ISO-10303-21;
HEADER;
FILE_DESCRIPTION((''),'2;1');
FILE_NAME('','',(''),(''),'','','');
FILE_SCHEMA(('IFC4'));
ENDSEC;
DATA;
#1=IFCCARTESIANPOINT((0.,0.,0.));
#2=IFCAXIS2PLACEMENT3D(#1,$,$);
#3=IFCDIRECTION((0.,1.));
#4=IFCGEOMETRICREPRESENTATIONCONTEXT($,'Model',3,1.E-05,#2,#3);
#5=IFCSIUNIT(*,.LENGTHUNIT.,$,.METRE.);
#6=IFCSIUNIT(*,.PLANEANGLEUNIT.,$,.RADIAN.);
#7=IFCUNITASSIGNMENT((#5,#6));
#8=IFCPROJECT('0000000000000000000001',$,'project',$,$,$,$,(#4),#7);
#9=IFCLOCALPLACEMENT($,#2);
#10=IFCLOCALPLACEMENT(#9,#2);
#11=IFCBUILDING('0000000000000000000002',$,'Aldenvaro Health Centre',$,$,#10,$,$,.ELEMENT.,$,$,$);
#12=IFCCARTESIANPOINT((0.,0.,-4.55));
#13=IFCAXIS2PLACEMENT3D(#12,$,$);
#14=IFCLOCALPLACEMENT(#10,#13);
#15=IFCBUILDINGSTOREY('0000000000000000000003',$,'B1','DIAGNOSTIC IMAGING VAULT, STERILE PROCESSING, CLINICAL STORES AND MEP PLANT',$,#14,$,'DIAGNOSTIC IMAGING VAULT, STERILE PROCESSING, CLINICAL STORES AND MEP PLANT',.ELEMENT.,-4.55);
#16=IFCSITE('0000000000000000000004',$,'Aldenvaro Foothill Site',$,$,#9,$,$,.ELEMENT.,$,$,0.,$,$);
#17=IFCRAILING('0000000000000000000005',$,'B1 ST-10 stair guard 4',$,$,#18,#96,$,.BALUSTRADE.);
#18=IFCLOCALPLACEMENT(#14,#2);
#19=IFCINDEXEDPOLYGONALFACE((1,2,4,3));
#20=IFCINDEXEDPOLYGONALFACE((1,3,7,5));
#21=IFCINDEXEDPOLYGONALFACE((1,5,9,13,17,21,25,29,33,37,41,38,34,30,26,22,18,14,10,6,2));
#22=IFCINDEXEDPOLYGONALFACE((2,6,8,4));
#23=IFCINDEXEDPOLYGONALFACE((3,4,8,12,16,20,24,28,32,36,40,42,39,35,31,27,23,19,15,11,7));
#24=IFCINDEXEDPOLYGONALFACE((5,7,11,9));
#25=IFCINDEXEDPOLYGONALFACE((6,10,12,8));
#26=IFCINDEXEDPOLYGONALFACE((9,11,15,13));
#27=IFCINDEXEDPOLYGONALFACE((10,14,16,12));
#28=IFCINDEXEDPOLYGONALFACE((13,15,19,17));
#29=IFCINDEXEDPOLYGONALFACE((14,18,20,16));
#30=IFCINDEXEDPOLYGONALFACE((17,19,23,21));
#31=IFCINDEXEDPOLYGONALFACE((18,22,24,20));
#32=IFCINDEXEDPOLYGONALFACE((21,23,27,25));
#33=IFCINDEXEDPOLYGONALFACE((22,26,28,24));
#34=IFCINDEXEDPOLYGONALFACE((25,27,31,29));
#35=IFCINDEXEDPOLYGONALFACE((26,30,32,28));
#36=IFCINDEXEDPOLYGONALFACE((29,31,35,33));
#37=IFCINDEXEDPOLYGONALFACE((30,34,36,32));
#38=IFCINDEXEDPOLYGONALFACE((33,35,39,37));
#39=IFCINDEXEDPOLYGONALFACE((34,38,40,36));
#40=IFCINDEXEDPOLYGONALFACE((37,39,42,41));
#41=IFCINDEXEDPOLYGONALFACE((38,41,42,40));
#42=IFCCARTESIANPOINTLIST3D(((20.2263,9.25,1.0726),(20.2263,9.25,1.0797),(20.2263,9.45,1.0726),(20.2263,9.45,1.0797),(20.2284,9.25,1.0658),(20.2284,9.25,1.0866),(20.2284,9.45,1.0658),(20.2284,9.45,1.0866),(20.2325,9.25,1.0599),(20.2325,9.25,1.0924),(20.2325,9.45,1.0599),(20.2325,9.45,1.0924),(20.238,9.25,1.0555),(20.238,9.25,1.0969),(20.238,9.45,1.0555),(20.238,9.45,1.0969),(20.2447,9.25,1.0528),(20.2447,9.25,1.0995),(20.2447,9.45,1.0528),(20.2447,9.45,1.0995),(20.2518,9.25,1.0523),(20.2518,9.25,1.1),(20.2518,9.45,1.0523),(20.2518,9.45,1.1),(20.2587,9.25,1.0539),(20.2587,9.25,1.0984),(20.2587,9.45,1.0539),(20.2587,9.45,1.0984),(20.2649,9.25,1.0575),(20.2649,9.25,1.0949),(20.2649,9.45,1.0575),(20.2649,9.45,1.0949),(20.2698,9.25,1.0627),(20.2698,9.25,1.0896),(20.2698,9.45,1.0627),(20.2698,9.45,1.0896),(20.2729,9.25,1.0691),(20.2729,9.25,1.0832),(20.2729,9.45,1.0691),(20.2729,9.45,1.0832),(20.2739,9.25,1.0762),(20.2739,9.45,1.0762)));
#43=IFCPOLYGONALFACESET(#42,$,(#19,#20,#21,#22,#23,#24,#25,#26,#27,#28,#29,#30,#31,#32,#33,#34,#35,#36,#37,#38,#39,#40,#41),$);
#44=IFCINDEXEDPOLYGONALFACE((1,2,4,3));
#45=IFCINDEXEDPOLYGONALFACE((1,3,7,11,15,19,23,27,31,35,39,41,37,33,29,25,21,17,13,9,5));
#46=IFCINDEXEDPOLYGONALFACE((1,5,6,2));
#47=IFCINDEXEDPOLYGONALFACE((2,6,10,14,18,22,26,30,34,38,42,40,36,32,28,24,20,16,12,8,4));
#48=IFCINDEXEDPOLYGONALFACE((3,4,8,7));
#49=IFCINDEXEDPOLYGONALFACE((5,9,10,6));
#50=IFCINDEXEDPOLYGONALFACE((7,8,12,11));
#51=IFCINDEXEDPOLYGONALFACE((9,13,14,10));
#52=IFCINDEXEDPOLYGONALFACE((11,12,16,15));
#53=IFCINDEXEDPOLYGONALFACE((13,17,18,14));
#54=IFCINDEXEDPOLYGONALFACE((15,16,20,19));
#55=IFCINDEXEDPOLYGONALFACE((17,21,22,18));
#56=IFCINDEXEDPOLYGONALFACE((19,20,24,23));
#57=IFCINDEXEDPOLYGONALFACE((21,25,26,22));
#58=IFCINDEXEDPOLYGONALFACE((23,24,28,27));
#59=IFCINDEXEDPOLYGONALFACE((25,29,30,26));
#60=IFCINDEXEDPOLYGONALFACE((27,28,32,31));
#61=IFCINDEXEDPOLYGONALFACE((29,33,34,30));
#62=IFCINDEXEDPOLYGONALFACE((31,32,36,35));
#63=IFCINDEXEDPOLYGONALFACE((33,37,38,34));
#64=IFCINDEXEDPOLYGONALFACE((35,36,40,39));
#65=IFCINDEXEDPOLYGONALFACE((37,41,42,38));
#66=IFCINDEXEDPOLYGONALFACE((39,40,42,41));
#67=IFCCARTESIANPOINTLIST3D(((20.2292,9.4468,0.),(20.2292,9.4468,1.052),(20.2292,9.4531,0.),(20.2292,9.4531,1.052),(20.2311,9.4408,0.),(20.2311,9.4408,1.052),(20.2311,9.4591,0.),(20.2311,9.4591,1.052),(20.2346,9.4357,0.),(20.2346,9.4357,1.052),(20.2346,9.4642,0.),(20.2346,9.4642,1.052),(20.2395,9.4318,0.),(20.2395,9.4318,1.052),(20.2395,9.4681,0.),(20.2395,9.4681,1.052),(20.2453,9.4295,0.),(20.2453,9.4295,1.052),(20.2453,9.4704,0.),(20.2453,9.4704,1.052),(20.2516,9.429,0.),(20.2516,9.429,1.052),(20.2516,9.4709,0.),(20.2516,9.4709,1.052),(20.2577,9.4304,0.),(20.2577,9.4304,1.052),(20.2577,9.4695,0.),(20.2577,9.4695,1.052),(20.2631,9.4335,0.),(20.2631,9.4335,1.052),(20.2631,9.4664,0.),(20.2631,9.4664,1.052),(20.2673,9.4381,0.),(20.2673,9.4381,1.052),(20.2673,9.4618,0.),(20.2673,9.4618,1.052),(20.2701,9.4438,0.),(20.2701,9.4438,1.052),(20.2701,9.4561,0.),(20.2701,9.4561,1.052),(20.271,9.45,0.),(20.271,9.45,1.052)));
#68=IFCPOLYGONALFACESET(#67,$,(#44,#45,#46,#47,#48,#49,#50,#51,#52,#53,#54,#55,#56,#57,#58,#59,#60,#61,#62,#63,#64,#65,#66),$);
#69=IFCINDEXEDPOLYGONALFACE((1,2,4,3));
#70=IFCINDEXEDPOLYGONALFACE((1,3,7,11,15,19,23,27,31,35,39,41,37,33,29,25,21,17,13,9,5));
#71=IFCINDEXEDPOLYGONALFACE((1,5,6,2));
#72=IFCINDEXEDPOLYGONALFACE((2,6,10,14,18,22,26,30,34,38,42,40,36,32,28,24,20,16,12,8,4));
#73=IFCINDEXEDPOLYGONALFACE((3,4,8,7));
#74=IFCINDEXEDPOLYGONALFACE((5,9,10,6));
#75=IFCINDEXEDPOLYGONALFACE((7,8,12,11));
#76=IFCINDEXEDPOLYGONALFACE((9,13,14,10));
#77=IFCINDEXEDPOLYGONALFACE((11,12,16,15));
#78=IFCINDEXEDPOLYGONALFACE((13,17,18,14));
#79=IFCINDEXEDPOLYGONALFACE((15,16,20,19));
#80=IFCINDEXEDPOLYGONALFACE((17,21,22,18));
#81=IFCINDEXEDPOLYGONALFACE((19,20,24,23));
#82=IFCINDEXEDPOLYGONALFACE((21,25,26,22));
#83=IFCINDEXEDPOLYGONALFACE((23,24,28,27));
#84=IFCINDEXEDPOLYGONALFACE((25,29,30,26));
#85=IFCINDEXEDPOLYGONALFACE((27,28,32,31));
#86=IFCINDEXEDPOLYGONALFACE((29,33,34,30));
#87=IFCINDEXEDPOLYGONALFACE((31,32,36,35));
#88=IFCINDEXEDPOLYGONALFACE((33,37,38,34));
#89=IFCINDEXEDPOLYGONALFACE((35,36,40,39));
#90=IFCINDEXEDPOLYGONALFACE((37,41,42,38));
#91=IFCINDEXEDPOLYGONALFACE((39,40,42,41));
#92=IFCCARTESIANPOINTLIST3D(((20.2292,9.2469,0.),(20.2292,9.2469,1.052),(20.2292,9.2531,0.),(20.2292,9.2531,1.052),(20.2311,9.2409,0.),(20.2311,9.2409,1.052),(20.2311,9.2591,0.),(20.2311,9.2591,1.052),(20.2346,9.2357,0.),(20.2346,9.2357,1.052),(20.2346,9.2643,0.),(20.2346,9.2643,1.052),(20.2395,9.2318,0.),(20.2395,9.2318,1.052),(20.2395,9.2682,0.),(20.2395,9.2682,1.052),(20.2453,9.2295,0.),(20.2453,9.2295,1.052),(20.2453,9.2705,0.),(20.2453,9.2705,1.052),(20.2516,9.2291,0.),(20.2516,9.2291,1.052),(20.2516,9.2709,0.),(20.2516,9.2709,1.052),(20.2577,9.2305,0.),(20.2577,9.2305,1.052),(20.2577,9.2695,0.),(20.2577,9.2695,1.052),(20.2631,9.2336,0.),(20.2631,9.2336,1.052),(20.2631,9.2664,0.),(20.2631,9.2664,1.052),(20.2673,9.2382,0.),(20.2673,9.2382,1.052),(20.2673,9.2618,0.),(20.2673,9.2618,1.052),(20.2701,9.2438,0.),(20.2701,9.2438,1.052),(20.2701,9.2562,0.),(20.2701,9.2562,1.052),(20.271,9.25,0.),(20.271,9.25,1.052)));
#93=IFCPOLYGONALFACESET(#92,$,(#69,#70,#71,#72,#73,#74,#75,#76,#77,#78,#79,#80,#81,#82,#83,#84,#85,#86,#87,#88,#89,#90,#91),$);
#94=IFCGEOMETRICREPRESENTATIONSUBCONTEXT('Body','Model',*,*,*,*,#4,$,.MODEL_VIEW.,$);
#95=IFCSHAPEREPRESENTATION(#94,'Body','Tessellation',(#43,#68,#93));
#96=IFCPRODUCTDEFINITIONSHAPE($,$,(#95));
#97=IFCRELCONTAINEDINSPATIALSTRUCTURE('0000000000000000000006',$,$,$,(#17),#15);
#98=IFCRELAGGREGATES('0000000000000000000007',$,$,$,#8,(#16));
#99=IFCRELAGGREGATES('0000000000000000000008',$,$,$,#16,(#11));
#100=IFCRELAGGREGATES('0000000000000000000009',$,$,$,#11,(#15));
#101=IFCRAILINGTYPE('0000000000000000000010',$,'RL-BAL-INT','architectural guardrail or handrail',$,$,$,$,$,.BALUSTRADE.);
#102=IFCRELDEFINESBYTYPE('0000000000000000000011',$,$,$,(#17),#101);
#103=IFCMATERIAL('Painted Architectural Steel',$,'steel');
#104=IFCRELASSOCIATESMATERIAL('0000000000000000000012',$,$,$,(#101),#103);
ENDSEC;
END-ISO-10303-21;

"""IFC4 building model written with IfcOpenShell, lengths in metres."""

from ifc_helpers import new_model, si_unit, direction, frame, origin, origin_2d, place, context, subcontext, project, spatial, circle, extrude, material, type_object, element, save


model = new_model("IFC4")

# Units and contexts
model_context = context("Model", 3, precision=1e-05, world=origin(), true_north=direction((0.0, 1.0)))
body_context = subcontext(model_context, "Body", "Model", "MODEL_VIEW")
ifc_project = project(units=[si_unit("LENGTHUNIT", "METRE"), si_unit("PLANEANGLEUNIT", "RADIAN")], contexts=[model_context])

# Site, building, storey
site_placement = place(None, origin())
site = spatial("IfcSite", under=ifc_project, at=site_placement, Name="Aldenvaro Foothill Site", CompositionType="ELEMENT", RefElevation=0.0)
building_placement = place(site_placement, origin())
building = spatial("IfcBuilding", under=site, at=building_placement, Name="Aldenvaro Health Centre", CompositionType="ELEMENT")
storey_placement = place(building_placement, frame((0.0, 0.0, -4.55)))
storey = spatial("IfcBuildingStorey", under=building, at=storey_placement, Name="B1", Description="DIAGNOSTIC IMAGING VAULT, STERILE PROCESSING, CLINICAL STORES AND MEP PLANT", LongName="DIAGNOSTIC IMAGING VAULT, STERILE PROCESSING, CLINICAL STORES AND MEP PLANT", CompositionType="ELEMENT", Elevation=-4.55)

# Railing
ifc_material_1 = material(Name="Painted Architectural Steel", Category="steel")
railing_type_1 = type_object("IfcRailingType", Name="RL-BAL-INT", Description="architectural guardrail or handrail", PredefinedType="BALUSTRADE", material=ifc_material_1)
railing_1_placement = place(storey_placement, frame((20.25, 9.45, 0.0)))
element("IfcRailing", 1, at=railing_1_placement, inside=storey, type_object=railing_type_1, Name="B1 ST-10 stair guard 4", PredefinedType="BALUSTRADE", context=body_context, shape_type="SweptSolid", body=[
    extrude(circle(Radius=0.0239, at=origin_2d()), frame((0.0, 0.0, 1.0762), z_axis=(0.0, -1.0, 0.0), x_axis=(1.0, 0.0, 0.0)), (0.0, 0.0, 1.0), 0.2),
    extrude(circle(Radius=0.021, at=origin_2d()), origin(), (0.0, 0.0, 1.0), 1.052),
    extrude(circle(Radius=0.021, at=origin_2d()), frame((0.0, -0.2, 0.0)), (0.0, 0.0, 1.0), 1.052),
])

save(model, "model.ifc")
